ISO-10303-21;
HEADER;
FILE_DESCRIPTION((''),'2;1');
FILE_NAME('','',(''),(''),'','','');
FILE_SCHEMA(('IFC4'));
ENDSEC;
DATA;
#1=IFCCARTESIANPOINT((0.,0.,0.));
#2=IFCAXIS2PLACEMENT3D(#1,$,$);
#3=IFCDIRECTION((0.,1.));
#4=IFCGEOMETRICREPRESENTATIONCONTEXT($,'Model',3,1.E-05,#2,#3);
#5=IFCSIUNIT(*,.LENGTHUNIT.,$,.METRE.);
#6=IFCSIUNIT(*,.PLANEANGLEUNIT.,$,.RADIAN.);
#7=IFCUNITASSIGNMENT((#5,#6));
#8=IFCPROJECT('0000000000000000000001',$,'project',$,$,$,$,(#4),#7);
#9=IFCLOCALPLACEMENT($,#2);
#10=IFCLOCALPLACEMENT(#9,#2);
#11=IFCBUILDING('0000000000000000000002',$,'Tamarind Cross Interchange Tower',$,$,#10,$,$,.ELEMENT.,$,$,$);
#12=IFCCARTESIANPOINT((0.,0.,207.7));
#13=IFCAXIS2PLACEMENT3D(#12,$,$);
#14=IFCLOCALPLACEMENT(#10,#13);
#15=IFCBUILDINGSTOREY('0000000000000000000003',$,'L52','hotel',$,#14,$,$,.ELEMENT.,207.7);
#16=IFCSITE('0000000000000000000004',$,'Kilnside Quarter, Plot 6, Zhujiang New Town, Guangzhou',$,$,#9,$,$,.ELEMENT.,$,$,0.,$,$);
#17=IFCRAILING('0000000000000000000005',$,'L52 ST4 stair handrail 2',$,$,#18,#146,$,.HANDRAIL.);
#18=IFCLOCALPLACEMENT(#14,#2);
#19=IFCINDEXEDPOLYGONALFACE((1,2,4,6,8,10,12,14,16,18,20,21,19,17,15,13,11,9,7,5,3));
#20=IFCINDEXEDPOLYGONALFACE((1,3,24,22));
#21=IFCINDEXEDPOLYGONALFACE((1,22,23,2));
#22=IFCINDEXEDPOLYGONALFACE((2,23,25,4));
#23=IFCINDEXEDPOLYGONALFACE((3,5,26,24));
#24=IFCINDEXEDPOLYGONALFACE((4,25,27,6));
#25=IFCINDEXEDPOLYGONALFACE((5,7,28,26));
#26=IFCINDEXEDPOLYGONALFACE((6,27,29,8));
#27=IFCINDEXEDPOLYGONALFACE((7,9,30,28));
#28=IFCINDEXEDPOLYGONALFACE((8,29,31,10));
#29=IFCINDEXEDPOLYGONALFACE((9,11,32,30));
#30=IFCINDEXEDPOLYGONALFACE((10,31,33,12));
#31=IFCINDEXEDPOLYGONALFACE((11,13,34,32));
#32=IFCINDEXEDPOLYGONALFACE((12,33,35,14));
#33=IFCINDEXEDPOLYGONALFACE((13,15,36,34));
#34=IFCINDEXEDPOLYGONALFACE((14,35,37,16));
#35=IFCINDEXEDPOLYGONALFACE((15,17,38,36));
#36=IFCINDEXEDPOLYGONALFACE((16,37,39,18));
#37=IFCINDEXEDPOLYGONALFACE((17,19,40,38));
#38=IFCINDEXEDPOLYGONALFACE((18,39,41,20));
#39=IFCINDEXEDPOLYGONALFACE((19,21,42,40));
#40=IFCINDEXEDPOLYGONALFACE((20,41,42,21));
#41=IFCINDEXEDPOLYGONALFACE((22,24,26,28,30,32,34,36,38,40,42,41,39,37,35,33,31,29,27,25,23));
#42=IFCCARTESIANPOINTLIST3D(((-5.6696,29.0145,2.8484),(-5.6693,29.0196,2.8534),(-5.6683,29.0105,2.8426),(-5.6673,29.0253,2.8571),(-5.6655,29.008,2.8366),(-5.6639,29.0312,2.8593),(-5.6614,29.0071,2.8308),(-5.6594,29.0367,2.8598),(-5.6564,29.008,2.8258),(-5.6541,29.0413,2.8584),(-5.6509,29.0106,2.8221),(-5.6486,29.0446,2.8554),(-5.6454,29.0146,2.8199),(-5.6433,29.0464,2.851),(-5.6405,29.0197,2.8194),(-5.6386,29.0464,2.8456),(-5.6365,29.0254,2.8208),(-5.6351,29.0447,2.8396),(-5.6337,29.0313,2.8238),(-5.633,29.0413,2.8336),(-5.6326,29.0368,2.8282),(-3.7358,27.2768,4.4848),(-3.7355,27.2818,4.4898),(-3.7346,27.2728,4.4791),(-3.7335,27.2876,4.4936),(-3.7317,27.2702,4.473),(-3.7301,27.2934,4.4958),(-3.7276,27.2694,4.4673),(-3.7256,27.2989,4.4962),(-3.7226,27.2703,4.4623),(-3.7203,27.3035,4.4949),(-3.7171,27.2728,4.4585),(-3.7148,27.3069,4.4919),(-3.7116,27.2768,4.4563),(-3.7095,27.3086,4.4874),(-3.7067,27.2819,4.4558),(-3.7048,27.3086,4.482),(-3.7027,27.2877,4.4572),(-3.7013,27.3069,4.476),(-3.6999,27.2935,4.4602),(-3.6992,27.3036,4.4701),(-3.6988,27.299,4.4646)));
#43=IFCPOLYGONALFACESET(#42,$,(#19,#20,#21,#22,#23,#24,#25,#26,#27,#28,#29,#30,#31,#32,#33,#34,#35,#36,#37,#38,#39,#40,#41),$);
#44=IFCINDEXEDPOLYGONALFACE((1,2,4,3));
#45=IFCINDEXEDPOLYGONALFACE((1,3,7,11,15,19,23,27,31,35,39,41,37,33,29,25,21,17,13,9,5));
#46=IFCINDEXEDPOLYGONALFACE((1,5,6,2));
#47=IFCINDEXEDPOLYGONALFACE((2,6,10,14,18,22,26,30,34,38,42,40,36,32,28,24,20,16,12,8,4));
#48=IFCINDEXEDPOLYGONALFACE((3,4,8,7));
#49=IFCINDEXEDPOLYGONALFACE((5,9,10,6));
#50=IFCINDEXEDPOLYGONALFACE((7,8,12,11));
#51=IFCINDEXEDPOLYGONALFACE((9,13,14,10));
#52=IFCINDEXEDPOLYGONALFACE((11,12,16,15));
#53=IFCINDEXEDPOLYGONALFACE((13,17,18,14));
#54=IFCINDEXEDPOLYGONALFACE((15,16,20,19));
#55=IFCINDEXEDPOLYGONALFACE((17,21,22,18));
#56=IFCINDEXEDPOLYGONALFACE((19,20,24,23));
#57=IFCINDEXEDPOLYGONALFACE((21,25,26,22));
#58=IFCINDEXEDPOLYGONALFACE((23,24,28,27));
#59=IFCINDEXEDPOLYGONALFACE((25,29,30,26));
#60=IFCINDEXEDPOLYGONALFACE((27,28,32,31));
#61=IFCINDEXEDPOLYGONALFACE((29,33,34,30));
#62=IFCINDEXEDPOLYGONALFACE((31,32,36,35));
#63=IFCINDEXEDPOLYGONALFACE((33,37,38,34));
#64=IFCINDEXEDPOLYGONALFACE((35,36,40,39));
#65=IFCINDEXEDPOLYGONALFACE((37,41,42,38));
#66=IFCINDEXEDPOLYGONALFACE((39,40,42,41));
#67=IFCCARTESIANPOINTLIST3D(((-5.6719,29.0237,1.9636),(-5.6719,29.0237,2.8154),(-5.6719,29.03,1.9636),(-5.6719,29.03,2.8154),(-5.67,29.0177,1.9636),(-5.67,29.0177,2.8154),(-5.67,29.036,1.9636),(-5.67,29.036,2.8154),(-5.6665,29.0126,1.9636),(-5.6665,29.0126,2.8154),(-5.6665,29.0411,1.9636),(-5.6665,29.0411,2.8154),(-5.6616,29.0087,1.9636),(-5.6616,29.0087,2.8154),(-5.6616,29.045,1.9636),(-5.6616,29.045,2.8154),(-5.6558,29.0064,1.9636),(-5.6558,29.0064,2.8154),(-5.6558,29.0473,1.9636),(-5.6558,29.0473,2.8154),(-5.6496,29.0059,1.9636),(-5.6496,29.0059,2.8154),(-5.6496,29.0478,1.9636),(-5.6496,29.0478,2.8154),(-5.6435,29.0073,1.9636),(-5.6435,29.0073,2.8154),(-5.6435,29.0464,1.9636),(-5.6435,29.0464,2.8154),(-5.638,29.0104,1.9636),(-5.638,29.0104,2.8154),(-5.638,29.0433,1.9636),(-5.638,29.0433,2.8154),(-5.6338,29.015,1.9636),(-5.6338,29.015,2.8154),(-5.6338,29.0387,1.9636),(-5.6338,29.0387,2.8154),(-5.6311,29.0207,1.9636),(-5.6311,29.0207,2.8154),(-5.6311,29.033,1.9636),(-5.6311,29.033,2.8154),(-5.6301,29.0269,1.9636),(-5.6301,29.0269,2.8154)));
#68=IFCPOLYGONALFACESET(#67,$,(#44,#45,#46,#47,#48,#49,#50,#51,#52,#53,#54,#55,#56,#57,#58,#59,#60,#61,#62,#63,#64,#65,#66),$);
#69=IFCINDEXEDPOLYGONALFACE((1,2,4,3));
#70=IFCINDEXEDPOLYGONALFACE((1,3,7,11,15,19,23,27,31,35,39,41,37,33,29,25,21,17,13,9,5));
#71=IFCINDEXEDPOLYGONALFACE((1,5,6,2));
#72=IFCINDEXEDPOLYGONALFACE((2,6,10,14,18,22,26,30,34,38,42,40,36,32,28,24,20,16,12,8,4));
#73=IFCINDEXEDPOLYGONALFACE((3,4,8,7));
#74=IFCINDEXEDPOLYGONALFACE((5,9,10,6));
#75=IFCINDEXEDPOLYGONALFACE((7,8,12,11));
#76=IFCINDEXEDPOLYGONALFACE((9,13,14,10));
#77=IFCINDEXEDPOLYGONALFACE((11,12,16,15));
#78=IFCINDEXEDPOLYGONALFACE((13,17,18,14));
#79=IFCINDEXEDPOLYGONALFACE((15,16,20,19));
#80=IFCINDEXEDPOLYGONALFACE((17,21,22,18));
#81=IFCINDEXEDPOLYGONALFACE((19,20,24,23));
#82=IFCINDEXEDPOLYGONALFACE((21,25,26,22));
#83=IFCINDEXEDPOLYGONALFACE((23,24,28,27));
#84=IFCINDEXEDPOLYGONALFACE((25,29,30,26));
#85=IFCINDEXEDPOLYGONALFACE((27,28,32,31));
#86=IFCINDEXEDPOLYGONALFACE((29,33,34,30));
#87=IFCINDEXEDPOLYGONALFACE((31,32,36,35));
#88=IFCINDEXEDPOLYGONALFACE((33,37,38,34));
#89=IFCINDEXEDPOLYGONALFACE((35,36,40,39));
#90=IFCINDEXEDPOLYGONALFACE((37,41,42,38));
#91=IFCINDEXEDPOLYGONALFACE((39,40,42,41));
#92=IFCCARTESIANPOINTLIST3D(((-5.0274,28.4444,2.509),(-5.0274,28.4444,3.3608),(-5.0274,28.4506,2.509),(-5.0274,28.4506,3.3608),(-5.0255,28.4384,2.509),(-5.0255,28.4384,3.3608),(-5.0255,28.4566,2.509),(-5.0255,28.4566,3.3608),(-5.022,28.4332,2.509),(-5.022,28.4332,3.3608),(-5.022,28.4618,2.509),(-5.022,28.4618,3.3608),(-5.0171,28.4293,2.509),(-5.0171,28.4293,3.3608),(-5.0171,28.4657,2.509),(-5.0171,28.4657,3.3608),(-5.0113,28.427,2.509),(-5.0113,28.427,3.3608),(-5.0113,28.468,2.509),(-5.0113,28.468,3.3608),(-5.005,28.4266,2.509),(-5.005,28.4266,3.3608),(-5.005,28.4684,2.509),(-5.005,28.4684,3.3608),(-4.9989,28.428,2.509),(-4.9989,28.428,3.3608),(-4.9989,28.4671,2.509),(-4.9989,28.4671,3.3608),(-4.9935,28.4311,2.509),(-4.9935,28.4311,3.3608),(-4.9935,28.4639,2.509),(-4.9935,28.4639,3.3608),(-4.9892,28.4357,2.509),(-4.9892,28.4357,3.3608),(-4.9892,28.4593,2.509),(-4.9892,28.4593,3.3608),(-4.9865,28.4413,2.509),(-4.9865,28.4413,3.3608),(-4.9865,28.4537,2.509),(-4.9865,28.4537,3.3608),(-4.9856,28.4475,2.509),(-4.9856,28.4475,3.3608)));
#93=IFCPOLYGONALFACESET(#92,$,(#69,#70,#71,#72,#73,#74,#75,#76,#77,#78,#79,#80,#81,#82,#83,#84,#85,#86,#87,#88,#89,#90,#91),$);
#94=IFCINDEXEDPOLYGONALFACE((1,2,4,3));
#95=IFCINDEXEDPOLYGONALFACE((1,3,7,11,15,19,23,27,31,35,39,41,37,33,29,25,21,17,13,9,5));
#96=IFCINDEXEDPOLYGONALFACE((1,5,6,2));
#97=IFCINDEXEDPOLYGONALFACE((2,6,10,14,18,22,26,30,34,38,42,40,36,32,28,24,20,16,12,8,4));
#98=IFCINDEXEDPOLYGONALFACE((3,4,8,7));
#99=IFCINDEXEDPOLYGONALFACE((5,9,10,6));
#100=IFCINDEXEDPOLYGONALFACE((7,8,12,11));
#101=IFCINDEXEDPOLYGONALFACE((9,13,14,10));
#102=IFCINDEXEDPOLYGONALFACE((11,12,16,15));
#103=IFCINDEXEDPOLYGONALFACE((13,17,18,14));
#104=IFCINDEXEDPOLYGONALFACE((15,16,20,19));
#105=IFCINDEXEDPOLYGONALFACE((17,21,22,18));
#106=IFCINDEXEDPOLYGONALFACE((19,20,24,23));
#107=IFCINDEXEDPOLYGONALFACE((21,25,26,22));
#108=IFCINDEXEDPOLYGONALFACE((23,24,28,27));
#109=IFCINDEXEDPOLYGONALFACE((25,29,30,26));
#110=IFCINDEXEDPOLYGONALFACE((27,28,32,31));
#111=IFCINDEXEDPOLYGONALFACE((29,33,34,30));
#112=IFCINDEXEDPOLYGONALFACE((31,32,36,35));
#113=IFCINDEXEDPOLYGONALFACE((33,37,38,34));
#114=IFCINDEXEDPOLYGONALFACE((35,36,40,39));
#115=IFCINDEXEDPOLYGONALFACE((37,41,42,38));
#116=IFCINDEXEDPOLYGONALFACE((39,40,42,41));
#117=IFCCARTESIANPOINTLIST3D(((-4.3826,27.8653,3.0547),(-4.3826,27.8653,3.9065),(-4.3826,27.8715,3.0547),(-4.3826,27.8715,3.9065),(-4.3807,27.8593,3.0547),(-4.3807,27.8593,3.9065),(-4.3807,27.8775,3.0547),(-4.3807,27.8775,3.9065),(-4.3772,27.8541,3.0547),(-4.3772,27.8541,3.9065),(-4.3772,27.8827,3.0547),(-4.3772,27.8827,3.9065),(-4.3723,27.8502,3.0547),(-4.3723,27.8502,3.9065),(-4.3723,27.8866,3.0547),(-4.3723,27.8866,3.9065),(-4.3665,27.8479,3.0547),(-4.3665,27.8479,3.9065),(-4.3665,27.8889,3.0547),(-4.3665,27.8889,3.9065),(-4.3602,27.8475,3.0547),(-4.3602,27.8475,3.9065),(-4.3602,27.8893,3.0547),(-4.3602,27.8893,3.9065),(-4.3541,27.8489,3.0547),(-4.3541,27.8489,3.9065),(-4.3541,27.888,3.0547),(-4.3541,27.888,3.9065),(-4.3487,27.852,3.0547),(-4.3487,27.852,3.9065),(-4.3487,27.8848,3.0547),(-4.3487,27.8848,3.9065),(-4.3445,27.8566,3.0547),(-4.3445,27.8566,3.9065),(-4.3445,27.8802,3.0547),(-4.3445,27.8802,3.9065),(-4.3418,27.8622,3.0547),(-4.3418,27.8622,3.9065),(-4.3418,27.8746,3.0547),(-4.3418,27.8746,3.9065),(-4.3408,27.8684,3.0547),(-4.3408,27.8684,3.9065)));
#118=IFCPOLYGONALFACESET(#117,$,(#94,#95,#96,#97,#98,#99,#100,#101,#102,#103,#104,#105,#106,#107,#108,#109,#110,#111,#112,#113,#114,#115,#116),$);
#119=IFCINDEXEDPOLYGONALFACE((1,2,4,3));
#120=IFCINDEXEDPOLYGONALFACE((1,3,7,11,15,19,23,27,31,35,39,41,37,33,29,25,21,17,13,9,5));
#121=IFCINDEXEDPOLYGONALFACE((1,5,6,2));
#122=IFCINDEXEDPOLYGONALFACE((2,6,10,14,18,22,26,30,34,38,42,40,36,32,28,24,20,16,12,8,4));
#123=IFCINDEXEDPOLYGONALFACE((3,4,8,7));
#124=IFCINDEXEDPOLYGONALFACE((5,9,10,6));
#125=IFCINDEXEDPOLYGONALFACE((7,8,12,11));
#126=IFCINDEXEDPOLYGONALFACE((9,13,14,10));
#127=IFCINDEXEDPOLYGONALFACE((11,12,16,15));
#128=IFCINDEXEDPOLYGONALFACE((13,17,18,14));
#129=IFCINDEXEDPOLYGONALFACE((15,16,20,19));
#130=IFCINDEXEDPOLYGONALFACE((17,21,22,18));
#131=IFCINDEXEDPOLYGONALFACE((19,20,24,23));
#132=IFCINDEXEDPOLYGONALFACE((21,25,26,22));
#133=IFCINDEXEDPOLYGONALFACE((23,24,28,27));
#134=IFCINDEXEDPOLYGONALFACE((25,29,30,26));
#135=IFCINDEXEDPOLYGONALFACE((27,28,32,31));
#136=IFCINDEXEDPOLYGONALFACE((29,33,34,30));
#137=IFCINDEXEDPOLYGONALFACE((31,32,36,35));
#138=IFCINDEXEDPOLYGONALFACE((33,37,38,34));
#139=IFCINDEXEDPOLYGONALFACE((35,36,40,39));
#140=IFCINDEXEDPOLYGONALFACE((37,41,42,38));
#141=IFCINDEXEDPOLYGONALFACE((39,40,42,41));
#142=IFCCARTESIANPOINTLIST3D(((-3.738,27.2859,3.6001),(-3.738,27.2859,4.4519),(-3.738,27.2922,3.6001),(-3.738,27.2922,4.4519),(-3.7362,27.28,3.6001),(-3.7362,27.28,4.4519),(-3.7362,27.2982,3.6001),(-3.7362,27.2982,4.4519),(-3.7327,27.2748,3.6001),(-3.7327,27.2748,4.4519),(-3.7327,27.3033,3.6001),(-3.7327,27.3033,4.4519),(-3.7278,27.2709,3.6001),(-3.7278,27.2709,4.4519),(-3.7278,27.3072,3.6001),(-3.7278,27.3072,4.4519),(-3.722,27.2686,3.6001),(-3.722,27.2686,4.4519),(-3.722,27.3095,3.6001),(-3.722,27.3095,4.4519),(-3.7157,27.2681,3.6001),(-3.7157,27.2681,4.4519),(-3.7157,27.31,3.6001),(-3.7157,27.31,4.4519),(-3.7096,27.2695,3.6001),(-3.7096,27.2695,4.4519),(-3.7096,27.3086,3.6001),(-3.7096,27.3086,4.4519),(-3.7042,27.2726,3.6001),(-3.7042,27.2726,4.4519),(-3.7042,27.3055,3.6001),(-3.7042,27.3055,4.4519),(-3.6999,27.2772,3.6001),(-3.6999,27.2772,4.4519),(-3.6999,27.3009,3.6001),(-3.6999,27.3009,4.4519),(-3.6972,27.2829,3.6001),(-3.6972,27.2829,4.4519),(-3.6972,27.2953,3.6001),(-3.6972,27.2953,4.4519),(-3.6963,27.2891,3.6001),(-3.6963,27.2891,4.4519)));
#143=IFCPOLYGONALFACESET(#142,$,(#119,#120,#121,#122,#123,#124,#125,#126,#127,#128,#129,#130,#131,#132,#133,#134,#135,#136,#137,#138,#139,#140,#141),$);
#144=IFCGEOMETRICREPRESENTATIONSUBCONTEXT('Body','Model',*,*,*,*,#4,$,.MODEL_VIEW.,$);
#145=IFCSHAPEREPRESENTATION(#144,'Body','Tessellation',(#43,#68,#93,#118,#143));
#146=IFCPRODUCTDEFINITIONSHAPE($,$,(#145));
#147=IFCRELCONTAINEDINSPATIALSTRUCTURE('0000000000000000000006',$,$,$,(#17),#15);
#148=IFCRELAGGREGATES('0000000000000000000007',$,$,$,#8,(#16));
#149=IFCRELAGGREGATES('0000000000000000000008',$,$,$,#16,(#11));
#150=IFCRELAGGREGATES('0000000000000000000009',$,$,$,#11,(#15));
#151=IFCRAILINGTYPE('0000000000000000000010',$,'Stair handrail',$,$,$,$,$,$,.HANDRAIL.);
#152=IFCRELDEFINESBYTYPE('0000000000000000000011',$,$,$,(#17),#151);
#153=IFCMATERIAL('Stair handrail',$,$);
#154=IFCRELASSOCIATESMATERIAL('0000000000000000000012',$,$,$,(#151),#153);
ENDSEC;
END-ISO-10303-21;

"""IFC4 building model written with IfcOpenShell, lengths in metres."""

from ifc_helpers import new_model, si_unit, direction, frame, origin, origin_2d, place, context, subcontext, project, spatial, circle, extrude, material, type_object, element, save


model = new_model("IFC4")

# Units and contexts
model_context = context("Model", 3, precision=1e-05, world=origin(), true_north=direction((0.0, 1.0)))
body_context = subcontext(model_context, "Body", "Model", "MODEL_VIEW")
ifc_project = project(units=[si_unit("LENGTHUNIT", "METRE"), si_unit("PLANEANGLEUNIT", "RADIAN")], contexts=[model_context])

# Site, building, storey
site_placement = place(None, origin())
site = spatial("IfcSite", under=ifc_project, at=site_placement, Name="Kilnside Quarter, Plot 6, Zhujiang New Town, Guangzhou", CompositionType="ELEMENT", RefElevation=0.0)
building_placement = place(site_placement, origin())
building = spatial("IfcBuilding", under=site, at=building_placement, Name="Tamarind Cross Interchange Tower", CompositionType="ELEMENT")
storey_placement = place(building_placement, frame((0.0, 0.0, 207.7)))
storey = spatial("IfcBuildingStorey", under=building, at=storey_placement, Name="L52", Description="hotel", CompositionType="ELEMENT", Elevation=207.7)

# Railing
ifc_material_1 = material(Name="Stair handrail")
railing_type_1 = type_object("IfcRailingType", Name="Stair handrail", PredefinedType="HANDRAIL", material=ifc_material_1)
railing_1_placement = place(storey_placement, frame((-5.6511, 29.0269, 1.9636)))
element("IfcRailing", 1, at=railing_1_placement, inside=storey, type_object=railing_type_1, Name="L52 ST4 stair handrail 2", PredefinedType="HANDRAIL", context=body_context, shape_type="SweptSolid", body=[
    extrude(circle(Radius=0.0239, at=origin_2d()), frame((0.0, 0.0, 0.876), z_axis=(0.629487, -0.565672, 0.532692), x_axis=(0.668399, 0.743803, 0.0)), (0.0, 0.0, 1.0), 3.072),
    extrude(circle(Radius=0.021, at=origin_2d()), origin(), (0.0, 0.0, 1.0), 0.8518),
    extrude(circle(Radius=0.021, at=origin_2d()), frame((0.6445, -0.5793, 0.5454)), (0.0, 0.0, 1.0), 0.8518),
    extrude(circle(Radius=0.021, at=origin_2d()), frame((1.2893, -1.1584, 1.0911)), (0.0, 0.0, 1.0), 0.8518),
    extrude(circle(Radius=0.021, at=origin_2d()), frame((1.9338, -1.7378, 1.6365)), (0.0, 0.0, 1.0), 0.8518),
])

save(model, "model.ifc")
